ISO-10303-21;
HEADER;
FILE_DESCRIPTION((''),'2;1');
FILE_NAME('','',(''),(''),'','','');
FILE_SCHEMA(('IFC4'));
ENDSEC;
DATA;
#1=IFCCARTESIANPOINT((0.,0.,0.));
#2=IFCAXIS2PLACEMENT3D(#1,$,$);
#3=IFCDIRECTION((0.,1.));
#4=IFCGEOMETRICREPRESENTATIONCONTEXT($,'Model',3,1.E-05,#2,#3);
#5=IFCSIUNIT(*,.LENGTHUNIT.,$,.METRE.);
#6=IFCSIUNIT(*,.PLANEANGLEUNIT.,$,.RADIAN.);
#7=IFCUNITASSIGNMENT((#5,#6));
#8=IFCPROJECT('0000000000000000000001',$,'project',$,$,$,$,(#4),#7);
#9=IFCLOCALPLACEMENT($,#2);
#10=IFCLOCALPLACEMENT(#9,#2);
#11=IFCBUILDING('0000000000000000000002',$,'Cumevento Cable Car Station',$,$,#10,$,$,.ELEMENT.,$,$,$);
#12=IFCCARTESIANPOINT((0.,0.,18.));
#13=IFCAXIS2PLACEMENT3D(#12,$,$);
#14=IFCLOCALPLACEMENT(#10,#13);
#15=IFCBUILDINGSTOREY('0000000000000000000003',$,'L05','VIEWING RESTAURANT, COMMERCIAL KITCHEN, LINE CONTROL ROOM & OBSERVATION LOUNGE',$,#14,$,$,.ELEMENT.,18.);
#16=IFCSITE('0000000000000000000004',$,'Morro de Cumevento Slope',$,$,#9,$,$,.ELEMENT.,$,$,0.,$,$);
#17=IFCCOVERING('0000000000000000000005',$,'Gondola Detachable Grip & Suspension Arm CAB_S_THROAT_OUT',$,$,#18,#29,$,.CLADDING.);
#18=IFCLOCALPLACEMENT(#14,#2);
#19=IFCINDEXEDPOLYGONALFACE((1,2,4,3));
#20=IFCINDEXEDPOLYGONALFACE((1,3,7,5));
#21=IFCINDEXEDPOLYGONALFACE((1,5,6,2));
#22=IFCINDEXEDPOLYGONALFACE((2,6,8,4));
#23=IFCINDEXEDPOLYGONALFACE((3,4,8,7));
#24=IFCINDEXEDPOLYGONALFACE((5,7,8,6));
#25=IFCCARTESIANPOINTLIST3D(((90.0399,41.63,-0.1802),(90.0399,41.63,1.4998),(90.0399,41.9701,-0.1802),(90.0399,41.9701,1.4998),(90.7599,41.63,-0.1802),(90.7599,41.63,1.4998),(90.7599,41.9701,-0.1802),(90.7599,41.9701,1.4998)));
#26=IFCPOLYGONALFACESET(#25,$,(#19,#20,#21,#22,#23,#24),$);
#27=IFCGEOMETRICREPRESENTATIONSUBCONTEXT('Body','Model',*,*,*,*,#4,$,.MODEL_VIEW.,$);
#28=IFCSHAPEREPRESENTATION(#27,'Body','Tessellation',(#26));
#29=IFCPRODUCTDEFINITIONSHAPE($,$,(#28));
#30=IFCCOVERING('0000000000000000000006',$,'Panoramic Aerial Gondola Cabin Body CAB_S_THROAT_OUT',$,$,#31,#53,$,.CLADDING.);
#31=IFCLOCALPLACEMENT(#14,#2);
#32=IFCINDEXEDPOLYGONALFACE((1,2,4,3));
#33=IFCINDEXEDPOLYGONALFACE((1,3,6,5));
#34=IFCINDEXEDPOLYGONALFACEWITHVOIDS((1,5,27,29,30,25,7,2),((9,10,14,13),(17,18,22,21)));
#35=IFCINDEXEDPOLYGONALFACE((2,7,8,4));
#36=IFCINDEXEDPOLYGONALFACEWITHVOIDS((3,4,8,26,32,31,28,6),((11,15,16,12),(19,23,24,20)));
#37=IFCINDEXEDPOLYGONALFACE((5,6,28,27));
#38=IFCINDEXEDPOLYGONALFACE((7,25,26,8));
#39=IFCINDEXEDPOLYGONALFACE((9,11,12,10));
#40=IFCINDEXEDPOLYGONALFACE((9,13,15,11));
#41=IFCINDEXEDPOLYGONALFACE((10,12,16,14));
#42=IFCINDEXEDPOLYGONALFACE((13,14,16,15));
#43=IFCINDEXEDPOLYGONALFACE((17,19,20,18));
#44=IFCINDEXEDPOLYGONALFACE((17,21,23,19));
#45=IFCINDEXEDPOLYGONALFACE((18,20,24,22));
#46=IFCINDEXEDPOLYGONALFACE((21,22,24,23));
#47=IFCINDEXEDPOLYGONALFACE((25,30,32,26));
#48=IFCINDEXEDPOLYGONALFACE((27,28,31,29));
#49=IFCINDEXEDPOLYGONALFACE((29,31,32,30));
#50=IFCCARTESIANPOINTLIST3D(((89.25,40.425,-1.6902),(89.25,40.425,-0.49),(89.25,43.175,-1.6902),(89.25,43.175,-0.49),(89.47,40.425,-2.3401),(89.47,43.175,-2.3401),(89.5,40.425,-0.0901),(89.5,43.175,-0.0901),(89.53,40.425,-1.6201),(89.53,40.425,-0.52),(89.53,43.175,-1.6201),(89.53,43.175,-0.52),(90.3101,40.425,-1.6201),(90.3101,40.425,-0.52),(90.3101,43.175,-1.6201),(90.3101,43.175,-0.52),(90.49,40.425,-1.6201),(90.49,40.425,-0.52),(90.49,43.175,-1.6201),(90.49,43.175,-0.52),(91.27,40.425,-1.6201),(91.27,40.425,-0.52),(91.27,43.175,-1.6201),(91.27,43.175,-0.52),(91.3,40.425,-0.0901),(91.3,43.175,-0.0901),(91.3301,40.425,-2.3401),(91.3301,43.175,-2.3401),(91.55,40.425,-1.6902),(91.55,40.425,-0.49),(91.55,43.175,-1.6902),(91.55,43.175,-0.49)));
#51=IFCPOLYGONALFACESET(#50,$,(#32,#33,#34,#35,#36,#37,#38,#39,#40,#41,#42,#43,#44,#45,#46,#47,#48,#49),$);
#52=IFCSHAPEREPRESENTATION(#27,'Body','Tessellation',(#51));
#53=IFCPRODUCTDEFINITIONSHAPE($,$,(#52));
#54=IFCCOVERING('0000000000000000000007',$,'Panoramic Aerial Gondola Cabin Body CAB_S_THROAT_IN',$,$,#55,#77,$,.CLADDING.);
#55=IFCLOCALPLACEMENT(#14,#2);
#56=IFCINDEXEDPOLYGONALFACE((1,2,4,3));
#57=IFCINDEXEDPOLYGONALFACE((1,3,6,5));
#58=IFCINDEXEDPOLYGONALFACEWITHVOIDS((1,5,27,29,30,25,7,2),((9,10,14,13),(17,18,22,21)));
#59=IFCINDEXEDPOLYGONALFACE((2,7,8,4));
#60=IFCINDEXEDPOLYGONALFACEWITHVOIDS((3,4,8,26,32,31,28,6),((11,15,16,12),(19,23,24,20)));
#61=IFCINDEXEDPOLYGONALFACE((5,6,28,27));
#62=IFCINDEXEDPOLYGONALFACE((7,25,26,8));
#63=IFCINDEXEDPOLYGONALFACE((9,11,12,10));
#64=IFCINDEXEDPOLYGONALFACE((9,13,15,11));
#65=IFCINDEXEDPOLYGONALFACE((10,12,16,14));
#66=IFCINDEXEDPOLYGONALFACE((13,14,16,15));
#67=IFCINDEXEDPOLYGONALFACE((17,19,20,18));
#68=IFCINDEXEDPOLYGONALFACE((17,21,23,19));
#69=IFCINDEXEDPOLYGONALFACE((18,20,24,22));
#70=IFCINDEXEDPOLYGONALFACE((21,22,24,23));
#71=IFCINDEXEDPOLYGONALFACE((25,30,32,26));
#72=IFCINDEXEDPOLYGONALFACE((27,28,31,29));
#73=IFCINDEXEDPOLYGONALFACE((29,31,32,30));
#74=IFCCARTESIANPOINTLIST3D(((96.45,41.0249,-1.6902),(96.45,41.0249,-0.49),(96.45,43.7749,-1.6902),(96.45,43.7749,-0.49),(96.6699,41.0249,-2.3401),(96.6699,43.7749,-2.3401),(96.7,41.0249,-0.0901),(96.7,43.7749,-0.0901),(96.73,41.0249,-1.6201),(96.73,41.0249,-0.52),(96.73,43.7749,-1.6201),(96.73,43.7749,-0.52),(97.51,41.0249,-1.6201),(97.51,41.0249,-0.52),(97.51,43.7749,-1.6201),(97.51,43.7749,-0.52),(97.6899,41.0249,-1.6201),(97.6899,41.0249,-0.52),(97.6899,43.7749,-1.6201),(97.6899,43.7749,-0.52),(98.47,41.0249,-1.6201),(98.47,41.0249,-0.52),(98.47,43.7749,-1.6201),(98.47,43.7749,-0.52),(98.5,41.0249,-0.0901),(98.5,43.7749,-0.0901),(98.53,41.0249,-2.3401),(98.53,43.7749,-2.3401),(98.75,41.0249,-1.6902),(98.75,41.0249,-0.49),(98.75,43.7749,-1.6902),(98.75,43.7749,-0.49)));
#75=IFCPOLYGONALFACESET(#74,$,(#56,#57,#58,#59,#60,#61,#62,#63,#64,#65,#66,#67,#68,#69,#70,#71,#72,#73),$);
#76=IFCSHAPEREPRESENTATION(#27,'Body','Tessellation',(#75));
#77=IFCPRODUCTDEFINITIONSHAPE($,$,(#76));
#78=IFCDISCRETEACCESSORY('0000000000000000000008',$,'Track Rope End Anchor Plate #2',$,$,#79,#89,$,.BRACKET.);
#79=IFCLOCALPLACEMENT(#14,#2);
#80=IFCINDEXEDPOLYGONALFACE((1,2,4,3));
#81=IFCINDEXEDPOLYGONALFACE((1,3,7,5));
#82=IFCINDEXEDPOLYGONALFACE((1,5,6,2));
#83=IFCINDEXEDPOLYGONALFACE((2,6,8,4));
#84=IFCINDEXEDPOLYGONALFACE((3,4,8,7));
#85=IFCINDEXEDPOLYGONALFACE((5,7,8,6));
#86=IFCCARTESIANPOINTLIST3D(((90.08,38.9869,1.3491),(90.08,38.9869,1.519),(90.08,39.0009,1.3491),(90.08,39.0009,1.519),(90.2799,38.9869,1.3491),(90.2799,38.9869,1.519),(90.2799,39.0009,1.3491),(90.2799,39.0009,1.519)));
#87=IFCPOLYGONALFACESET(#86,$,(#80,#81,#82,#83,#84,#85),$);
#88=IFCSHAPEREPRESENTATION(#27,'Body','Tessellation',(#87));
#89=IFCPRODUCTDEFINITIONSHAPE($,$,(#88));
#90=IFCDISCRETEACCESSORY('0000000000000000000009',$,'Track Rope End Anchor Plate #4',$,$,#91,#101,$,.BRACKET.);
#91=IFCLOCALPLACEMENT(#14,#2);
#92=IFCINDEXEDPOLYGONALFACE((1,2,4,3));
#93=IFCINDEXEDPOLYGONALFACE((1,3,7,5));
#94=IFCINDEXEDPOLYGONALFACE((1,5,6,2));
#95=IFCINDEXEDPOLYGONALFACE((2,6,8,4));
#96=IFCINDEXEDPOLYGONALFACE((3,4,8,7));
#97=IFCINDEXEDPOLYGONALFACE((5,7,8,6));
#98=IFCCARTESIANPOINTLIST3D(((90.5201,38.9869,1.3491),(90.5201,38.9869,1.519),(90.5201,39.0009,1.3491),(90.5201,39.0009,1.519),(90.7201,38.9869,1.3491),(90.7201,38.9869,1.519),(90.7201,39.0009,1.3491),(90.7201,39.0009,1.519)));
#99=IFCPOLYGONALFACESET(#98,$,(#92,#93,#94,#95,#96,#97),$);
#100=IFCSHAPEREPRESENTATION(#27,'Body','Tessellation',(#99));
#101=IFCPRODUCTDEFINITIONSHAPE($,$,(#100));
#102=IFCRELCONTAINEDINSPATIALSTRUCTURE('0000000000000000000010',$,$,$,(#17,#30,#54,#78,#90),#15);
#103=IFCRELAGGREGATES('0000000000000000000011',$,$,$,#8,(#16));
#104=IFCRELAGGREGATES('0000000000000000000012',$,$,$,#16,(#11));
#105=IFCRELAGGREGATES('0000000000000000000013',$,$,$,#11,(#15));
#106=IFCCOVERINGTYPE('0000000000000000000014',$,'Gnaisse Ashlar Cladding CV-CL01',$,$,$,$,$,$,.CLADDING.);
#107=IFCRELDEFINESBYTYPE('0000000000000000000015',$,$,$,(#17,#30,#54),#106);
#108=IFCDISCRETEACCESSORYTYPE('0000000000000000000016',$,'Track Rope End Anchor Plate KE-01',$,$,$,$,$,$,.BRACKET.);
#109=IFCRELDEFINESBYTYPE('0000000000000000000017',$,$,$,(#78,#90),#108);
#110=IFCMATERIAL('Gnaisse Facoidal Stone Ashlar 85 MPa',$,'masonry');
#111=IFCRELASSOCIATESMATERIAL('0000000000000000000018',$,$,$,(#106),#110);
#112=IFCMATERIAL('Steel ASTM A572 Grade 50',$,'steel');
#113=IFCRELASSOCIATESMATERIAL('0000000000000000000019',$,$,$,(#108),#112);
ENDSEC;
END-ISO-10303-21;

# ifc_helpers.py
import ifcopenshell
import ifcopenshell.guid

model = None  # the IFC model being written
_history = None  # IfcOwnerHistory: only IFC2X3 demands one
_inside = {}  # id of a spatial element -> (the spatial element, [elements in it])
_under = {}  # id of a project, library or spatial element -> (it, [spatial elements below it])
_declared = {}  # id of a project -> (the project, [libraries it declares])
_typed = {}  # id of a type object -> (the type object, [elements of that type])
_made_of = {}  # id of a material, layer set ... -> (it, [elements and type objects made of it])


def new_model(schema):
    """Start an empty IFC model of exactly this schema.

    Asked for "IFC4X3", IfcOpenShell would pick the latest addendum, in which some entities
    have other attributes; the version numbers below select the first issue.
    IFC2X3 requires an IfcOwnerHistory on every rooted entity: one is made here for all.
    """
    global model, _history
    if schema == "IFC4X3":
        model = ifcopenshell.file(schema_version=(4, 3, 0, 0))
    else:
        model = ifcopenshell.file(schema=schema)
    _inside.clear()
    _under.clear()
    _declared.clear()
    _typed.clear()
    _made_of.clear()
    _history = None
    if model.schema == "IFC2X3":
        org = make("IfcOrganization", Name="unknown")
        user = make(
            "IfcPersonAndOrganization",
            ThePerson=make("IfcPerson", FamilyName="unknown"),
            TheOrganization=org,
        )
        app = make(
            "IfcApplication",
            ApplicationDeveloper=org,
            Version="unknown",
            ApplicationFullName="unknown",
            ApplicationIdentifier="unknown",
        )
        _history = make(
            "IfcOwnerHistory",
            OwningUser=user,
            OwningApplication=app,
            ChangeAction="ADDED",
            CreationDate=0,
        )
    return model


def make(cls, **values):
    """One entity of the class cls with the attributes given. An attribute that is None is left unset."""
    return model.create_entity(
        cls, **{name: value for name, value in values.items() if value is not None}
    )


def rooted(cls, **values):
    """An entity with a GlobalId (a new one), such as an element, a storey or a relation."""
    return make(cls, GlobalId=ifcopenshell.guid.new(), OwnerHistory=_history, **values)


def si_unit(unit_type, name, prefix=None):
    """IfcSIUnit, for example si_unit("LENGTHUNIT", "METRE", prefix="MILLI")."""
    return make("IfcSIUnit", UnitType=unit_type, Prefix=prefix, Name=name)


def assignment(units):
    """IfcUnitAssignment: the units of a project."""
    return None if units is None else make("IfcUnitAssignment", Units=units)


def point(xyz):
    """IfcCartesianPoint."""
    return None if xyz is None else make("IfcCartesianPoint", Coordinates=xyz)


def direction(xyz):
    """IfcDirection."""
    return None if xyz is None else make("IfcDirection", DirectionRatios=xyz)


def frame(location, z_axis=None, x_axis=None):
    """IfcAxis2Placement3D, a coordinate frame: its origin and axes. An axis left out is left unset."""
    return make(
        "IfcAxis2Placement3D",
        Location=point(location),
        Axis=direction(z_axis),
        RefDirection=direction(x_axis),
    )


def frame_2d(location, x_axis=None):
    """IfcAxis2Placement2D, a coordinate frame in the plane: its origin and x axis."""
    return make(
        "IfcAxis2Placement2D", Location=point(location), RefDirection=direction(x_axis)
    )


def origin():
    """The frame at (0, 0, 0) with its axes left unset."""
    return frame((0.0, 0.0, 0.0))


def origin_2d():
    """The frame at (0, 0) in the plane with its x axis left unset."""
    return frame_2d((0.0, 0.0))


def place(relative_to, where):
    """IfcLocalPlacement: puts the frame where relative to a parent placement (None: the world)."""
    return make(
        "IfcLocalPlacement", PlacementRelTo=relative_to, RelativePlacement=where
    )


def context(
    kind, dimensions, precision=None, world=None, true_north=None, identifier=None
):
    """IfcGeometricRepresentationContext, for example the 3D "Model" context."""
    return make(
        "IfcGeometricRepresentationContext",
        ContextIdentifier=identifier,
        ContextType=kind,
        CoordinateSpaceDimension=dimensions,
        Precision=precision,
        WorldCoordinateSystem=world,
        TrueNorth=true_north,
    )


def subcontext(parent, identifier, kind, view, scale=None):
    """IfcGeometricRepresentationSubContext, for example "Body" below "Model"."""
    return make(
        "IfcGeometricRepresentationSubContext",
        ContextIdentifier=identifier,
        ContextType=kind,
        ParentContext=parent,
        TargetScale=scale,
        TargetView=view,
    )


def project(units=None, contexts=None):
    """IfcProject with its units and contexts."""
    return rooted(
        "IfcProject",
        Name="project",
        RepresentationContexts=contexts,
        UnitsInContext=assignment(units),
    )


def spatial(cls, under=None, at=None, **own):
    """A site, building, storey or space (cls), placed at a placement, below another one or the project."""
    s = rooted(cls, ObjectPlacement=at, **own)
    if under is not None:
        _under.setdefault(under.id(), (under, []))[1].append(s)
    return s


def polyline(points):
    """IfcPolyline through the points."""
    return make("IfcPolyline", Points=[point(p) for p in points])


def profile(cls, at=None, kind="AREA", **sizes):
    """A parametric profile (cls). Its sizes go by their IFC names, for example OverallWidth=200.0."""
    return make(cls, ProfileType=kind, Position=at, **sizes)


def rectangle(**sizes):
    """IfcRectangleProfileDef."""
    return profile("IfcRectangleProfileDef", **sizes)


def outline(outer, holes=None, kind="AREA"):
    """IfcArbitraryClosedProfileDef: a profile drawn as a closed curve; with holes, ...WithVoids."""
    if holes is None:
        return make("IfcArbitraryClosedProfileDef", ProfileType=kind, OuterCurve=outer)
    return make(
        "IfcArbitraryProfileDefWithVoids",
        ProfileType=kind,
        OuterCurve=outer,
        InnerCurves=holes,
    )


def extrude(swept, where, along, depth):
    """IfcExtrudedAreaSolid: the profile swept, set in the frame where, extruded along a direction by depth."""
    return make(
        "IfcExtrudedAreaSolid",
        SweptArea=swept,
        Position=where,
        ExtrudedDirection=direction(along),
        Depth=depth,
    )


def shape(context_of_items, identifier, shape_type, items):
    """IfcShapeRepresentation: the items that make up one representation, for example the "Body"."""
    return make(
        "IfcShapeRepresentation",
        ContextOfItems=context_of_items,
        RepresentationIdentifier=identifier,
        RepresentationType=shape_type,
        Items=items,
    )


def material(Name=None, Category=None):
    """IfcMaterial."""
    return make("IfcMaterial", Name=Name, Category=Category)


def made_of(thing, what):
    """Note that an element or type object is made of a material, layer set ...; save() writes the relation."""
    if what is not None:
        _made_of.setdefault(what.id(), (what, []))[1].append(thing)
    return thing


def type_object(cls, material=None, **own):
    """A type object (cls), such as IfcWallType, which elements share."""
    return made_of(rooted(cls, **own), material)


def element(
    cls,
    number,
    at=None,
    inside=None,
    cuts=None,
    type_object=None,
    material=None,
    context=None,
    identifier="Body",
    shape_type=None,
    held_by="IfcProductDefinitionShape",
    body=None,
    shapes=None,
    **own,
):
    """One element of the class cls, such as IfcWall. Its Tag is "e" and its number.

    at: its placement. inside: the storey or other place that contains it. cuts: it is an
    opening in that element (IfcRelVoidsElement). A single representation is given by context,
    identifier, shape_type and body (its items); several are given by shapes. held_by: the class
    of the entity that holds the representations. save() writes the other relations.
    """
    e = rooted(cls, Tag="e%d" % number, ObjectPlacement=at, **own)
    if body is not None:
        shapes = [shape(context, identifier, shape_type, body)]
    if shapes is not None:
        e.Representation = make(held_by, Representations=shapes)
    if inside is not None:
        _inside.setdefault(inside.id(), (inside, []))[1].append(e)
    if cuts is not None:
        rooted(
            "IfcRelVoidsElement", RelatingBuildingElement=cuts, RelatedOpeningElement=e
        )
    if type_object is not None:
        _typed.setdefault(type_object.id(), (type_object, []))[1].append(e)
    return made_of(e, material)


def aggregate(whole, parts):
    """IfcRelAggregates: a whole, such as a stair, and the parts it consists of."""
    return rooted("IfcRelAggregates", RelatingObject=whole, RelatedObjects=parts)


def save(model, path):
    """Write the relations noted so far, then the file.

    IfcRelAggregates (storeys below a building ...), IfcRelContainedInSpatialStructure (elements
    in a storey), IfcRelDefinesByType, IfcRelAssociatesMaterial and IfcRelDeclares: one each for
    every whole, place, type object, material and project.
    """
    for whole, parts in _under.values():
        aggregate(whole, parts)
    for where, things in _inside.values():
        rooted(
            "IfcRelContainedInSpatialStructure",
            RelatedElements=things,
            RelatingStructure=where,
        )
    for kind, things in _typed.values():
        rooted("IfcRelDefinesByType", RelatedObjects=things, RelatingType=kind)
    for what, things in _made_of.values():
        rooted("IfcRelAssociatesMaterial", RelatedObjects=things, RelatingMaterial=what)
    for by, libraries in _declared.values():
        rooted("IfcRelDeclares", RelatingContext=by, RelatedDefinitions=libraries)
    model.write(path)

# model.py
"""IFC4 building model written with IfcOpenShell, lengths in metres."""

from ifc_helpers import new_model, si_unit, direction, frame, origin, origin_2d, place, context, subcontext, project, spatial, polyline, rectangle, outline, extrude, material, type_object, element, save


model = new_model("IFC4")

# Units and contexts
model_context = context("Model", 3, precision=1e-05, world=origin(), true_north=direction((0.0, 1.0)))
body_context = subcontext(model_context, "Body", "Model", "MODEL_VIEW")
ifc_project = project(units=[si_unit("LENGTHUNIT", "METRE"), si_unit("PLANEANGLEUNIT", "RADIAN")], contexts=[model_context])

# Site, building, storey
site_placement = place(None, origin())
site = spatial("IfcSite", under=ifc_project, at=site_placement, Name="Morro de Cumevento Slope", CompositionType="ELEMENT", RefElevation=0.0)
building_placement = place(site_placement, origin())
building = spatial("IfcBuilding", under=site, at=building_placement, Name="Cumevento Cable Car Station", CompositionType="ELEMENT")
storey_placement = place(building_placement, frame((0.0, 0.0, 18.0)))
storey = spatial("IfcBuildingStorey", under=building, at=storey_placement, Name="L05", Description="VIEWING RESTAURANT, COMMERCIAL KITCHEN, LINE CONTROL ROOM & OBSERVATION LOUNGE", CompositionType="ELEMENT", Elevation=18.0)

# Coverings
ifc_material_1 = material(Name="Gnaisse Facoidal Stone Ashlar 85 MPa", Category="masonry")
covering_type = type_object("IfcCoveringType", Name="Gnaisse Ashlar Cladding CV-CL01", PredefinedType="CLADDING", material=ifc_material_1)
covering_1_placement = place(storey_placement, frame((90.3999, 41.8, -0.1802), z_axis=(0.0, 0.0, 1.0), x_axis=(1.0, 0.0, 0.0)))
element("IfcCovering", 1, at=covering_1_placement, inside=storey, type_object=covering_type, Name="Gondola Detachable Grip & Suspension Arm CAB_S_THROAT_OUT", PredefinedType="CLADDING", context=body_context, shape_type="SweptSolid", body=[
    extrude(rectangle(XDim=0.72, YDim=0.3401, at=origin_2d()), origin(), (0.0, 0.0, 1.0), 1.6799),
])
for number, where, z_axis, x_axis, name in (
    (2, (89.25, 41.8, -2.3401), (0.0, 0.0, 1.0), (1.0, 0.0, 0.0), "Panoramic Aerial Gondola Cabin Body CAB_S_THROAT_OUT"),
    (3, (96.45, 42.3999, -2.3401), (0.0, 0.0, 1.0), (1.0, 0.0, 0.0), "Panoramic Aerial Gondola Cabin Body CAB_S_THROAT_IN"),
):
    element("IfcCovering", number, at=place(storey_placement, frame(where, z_axis=z_axis, x_axis=x_axis)), inside=storey, type_object=covering_type, Name=name, PredefinedType="CLADDING", context=body_context, shape_type="SweptSolid", body=[
        extrude(outline(polyline([(0.22, 0.0), (2.0801, 0.0), (2.3, 0.6499), (2.3, 1.8501), (2.05, 2.25), (0.25, 2.25), (0.0, 1.8501), (0.0, 0.6499), (0.22, 0.0)]), holes=[polyline([(0.28, 0.72), (1.0601, 0.72), (1.0601, 1.8201), (0.28, 1.8201), (0.28, 0.72)]), polyline([(1.24, 0.72), (2.02, 0.72), (2.02, 1.8201), (1.24, 1.8201), (1.24, 0.72)])]), frame((0.0, 1.375, 0.0), z_axis=(0.0, -1.0, 0.0), x_axis=(1.0, 0.0, 0.0)), (0.0, 0.0, 1.0), 2.75),
    ])

# Discrete accessories
ifc_material_2 = material(Name="Steel ASTM A572 Grade 50", Category="steel")
discrete_accessory_type = type_object("IfcDiscreteAccessoryType", Name="Track Rope End Anchor Plate KE-01", PredefinedType="BRACKET", material=ifc_material_2)
for number, where, z_axis, x_axis, name in (
    (4, (90.1799, 38.9939, 1.3491), (0.0, 0.0, 1.0), (0.0, -1.0, 0.0), "Track Rope End Anchor Plate #2"),
    (5, (90.6201, 38.9939, 1.3491), (0.0, 0.0, 1.0), (0.0, -1.0, 0.0), "Track Rope End Anchor Plate #4"),
):
    element("IfcDiscreteAccessory", number, at=place(storey_placement, frame(where, z_axis=z_axis, x_axis=x_axis)), inside=storey, type_object=discrete_accessory_type, Name=name, PredefinedType="BRACKET", context=body_context, shape_type="SweptSolid", body=[
        extrude(rectangle(XDim=0.0139, YDim=0.2, at=origin_2d()), origin(), (0.0, 0.0, 1.0), 0.1699),
    ])

save(model, "model.ifc")
